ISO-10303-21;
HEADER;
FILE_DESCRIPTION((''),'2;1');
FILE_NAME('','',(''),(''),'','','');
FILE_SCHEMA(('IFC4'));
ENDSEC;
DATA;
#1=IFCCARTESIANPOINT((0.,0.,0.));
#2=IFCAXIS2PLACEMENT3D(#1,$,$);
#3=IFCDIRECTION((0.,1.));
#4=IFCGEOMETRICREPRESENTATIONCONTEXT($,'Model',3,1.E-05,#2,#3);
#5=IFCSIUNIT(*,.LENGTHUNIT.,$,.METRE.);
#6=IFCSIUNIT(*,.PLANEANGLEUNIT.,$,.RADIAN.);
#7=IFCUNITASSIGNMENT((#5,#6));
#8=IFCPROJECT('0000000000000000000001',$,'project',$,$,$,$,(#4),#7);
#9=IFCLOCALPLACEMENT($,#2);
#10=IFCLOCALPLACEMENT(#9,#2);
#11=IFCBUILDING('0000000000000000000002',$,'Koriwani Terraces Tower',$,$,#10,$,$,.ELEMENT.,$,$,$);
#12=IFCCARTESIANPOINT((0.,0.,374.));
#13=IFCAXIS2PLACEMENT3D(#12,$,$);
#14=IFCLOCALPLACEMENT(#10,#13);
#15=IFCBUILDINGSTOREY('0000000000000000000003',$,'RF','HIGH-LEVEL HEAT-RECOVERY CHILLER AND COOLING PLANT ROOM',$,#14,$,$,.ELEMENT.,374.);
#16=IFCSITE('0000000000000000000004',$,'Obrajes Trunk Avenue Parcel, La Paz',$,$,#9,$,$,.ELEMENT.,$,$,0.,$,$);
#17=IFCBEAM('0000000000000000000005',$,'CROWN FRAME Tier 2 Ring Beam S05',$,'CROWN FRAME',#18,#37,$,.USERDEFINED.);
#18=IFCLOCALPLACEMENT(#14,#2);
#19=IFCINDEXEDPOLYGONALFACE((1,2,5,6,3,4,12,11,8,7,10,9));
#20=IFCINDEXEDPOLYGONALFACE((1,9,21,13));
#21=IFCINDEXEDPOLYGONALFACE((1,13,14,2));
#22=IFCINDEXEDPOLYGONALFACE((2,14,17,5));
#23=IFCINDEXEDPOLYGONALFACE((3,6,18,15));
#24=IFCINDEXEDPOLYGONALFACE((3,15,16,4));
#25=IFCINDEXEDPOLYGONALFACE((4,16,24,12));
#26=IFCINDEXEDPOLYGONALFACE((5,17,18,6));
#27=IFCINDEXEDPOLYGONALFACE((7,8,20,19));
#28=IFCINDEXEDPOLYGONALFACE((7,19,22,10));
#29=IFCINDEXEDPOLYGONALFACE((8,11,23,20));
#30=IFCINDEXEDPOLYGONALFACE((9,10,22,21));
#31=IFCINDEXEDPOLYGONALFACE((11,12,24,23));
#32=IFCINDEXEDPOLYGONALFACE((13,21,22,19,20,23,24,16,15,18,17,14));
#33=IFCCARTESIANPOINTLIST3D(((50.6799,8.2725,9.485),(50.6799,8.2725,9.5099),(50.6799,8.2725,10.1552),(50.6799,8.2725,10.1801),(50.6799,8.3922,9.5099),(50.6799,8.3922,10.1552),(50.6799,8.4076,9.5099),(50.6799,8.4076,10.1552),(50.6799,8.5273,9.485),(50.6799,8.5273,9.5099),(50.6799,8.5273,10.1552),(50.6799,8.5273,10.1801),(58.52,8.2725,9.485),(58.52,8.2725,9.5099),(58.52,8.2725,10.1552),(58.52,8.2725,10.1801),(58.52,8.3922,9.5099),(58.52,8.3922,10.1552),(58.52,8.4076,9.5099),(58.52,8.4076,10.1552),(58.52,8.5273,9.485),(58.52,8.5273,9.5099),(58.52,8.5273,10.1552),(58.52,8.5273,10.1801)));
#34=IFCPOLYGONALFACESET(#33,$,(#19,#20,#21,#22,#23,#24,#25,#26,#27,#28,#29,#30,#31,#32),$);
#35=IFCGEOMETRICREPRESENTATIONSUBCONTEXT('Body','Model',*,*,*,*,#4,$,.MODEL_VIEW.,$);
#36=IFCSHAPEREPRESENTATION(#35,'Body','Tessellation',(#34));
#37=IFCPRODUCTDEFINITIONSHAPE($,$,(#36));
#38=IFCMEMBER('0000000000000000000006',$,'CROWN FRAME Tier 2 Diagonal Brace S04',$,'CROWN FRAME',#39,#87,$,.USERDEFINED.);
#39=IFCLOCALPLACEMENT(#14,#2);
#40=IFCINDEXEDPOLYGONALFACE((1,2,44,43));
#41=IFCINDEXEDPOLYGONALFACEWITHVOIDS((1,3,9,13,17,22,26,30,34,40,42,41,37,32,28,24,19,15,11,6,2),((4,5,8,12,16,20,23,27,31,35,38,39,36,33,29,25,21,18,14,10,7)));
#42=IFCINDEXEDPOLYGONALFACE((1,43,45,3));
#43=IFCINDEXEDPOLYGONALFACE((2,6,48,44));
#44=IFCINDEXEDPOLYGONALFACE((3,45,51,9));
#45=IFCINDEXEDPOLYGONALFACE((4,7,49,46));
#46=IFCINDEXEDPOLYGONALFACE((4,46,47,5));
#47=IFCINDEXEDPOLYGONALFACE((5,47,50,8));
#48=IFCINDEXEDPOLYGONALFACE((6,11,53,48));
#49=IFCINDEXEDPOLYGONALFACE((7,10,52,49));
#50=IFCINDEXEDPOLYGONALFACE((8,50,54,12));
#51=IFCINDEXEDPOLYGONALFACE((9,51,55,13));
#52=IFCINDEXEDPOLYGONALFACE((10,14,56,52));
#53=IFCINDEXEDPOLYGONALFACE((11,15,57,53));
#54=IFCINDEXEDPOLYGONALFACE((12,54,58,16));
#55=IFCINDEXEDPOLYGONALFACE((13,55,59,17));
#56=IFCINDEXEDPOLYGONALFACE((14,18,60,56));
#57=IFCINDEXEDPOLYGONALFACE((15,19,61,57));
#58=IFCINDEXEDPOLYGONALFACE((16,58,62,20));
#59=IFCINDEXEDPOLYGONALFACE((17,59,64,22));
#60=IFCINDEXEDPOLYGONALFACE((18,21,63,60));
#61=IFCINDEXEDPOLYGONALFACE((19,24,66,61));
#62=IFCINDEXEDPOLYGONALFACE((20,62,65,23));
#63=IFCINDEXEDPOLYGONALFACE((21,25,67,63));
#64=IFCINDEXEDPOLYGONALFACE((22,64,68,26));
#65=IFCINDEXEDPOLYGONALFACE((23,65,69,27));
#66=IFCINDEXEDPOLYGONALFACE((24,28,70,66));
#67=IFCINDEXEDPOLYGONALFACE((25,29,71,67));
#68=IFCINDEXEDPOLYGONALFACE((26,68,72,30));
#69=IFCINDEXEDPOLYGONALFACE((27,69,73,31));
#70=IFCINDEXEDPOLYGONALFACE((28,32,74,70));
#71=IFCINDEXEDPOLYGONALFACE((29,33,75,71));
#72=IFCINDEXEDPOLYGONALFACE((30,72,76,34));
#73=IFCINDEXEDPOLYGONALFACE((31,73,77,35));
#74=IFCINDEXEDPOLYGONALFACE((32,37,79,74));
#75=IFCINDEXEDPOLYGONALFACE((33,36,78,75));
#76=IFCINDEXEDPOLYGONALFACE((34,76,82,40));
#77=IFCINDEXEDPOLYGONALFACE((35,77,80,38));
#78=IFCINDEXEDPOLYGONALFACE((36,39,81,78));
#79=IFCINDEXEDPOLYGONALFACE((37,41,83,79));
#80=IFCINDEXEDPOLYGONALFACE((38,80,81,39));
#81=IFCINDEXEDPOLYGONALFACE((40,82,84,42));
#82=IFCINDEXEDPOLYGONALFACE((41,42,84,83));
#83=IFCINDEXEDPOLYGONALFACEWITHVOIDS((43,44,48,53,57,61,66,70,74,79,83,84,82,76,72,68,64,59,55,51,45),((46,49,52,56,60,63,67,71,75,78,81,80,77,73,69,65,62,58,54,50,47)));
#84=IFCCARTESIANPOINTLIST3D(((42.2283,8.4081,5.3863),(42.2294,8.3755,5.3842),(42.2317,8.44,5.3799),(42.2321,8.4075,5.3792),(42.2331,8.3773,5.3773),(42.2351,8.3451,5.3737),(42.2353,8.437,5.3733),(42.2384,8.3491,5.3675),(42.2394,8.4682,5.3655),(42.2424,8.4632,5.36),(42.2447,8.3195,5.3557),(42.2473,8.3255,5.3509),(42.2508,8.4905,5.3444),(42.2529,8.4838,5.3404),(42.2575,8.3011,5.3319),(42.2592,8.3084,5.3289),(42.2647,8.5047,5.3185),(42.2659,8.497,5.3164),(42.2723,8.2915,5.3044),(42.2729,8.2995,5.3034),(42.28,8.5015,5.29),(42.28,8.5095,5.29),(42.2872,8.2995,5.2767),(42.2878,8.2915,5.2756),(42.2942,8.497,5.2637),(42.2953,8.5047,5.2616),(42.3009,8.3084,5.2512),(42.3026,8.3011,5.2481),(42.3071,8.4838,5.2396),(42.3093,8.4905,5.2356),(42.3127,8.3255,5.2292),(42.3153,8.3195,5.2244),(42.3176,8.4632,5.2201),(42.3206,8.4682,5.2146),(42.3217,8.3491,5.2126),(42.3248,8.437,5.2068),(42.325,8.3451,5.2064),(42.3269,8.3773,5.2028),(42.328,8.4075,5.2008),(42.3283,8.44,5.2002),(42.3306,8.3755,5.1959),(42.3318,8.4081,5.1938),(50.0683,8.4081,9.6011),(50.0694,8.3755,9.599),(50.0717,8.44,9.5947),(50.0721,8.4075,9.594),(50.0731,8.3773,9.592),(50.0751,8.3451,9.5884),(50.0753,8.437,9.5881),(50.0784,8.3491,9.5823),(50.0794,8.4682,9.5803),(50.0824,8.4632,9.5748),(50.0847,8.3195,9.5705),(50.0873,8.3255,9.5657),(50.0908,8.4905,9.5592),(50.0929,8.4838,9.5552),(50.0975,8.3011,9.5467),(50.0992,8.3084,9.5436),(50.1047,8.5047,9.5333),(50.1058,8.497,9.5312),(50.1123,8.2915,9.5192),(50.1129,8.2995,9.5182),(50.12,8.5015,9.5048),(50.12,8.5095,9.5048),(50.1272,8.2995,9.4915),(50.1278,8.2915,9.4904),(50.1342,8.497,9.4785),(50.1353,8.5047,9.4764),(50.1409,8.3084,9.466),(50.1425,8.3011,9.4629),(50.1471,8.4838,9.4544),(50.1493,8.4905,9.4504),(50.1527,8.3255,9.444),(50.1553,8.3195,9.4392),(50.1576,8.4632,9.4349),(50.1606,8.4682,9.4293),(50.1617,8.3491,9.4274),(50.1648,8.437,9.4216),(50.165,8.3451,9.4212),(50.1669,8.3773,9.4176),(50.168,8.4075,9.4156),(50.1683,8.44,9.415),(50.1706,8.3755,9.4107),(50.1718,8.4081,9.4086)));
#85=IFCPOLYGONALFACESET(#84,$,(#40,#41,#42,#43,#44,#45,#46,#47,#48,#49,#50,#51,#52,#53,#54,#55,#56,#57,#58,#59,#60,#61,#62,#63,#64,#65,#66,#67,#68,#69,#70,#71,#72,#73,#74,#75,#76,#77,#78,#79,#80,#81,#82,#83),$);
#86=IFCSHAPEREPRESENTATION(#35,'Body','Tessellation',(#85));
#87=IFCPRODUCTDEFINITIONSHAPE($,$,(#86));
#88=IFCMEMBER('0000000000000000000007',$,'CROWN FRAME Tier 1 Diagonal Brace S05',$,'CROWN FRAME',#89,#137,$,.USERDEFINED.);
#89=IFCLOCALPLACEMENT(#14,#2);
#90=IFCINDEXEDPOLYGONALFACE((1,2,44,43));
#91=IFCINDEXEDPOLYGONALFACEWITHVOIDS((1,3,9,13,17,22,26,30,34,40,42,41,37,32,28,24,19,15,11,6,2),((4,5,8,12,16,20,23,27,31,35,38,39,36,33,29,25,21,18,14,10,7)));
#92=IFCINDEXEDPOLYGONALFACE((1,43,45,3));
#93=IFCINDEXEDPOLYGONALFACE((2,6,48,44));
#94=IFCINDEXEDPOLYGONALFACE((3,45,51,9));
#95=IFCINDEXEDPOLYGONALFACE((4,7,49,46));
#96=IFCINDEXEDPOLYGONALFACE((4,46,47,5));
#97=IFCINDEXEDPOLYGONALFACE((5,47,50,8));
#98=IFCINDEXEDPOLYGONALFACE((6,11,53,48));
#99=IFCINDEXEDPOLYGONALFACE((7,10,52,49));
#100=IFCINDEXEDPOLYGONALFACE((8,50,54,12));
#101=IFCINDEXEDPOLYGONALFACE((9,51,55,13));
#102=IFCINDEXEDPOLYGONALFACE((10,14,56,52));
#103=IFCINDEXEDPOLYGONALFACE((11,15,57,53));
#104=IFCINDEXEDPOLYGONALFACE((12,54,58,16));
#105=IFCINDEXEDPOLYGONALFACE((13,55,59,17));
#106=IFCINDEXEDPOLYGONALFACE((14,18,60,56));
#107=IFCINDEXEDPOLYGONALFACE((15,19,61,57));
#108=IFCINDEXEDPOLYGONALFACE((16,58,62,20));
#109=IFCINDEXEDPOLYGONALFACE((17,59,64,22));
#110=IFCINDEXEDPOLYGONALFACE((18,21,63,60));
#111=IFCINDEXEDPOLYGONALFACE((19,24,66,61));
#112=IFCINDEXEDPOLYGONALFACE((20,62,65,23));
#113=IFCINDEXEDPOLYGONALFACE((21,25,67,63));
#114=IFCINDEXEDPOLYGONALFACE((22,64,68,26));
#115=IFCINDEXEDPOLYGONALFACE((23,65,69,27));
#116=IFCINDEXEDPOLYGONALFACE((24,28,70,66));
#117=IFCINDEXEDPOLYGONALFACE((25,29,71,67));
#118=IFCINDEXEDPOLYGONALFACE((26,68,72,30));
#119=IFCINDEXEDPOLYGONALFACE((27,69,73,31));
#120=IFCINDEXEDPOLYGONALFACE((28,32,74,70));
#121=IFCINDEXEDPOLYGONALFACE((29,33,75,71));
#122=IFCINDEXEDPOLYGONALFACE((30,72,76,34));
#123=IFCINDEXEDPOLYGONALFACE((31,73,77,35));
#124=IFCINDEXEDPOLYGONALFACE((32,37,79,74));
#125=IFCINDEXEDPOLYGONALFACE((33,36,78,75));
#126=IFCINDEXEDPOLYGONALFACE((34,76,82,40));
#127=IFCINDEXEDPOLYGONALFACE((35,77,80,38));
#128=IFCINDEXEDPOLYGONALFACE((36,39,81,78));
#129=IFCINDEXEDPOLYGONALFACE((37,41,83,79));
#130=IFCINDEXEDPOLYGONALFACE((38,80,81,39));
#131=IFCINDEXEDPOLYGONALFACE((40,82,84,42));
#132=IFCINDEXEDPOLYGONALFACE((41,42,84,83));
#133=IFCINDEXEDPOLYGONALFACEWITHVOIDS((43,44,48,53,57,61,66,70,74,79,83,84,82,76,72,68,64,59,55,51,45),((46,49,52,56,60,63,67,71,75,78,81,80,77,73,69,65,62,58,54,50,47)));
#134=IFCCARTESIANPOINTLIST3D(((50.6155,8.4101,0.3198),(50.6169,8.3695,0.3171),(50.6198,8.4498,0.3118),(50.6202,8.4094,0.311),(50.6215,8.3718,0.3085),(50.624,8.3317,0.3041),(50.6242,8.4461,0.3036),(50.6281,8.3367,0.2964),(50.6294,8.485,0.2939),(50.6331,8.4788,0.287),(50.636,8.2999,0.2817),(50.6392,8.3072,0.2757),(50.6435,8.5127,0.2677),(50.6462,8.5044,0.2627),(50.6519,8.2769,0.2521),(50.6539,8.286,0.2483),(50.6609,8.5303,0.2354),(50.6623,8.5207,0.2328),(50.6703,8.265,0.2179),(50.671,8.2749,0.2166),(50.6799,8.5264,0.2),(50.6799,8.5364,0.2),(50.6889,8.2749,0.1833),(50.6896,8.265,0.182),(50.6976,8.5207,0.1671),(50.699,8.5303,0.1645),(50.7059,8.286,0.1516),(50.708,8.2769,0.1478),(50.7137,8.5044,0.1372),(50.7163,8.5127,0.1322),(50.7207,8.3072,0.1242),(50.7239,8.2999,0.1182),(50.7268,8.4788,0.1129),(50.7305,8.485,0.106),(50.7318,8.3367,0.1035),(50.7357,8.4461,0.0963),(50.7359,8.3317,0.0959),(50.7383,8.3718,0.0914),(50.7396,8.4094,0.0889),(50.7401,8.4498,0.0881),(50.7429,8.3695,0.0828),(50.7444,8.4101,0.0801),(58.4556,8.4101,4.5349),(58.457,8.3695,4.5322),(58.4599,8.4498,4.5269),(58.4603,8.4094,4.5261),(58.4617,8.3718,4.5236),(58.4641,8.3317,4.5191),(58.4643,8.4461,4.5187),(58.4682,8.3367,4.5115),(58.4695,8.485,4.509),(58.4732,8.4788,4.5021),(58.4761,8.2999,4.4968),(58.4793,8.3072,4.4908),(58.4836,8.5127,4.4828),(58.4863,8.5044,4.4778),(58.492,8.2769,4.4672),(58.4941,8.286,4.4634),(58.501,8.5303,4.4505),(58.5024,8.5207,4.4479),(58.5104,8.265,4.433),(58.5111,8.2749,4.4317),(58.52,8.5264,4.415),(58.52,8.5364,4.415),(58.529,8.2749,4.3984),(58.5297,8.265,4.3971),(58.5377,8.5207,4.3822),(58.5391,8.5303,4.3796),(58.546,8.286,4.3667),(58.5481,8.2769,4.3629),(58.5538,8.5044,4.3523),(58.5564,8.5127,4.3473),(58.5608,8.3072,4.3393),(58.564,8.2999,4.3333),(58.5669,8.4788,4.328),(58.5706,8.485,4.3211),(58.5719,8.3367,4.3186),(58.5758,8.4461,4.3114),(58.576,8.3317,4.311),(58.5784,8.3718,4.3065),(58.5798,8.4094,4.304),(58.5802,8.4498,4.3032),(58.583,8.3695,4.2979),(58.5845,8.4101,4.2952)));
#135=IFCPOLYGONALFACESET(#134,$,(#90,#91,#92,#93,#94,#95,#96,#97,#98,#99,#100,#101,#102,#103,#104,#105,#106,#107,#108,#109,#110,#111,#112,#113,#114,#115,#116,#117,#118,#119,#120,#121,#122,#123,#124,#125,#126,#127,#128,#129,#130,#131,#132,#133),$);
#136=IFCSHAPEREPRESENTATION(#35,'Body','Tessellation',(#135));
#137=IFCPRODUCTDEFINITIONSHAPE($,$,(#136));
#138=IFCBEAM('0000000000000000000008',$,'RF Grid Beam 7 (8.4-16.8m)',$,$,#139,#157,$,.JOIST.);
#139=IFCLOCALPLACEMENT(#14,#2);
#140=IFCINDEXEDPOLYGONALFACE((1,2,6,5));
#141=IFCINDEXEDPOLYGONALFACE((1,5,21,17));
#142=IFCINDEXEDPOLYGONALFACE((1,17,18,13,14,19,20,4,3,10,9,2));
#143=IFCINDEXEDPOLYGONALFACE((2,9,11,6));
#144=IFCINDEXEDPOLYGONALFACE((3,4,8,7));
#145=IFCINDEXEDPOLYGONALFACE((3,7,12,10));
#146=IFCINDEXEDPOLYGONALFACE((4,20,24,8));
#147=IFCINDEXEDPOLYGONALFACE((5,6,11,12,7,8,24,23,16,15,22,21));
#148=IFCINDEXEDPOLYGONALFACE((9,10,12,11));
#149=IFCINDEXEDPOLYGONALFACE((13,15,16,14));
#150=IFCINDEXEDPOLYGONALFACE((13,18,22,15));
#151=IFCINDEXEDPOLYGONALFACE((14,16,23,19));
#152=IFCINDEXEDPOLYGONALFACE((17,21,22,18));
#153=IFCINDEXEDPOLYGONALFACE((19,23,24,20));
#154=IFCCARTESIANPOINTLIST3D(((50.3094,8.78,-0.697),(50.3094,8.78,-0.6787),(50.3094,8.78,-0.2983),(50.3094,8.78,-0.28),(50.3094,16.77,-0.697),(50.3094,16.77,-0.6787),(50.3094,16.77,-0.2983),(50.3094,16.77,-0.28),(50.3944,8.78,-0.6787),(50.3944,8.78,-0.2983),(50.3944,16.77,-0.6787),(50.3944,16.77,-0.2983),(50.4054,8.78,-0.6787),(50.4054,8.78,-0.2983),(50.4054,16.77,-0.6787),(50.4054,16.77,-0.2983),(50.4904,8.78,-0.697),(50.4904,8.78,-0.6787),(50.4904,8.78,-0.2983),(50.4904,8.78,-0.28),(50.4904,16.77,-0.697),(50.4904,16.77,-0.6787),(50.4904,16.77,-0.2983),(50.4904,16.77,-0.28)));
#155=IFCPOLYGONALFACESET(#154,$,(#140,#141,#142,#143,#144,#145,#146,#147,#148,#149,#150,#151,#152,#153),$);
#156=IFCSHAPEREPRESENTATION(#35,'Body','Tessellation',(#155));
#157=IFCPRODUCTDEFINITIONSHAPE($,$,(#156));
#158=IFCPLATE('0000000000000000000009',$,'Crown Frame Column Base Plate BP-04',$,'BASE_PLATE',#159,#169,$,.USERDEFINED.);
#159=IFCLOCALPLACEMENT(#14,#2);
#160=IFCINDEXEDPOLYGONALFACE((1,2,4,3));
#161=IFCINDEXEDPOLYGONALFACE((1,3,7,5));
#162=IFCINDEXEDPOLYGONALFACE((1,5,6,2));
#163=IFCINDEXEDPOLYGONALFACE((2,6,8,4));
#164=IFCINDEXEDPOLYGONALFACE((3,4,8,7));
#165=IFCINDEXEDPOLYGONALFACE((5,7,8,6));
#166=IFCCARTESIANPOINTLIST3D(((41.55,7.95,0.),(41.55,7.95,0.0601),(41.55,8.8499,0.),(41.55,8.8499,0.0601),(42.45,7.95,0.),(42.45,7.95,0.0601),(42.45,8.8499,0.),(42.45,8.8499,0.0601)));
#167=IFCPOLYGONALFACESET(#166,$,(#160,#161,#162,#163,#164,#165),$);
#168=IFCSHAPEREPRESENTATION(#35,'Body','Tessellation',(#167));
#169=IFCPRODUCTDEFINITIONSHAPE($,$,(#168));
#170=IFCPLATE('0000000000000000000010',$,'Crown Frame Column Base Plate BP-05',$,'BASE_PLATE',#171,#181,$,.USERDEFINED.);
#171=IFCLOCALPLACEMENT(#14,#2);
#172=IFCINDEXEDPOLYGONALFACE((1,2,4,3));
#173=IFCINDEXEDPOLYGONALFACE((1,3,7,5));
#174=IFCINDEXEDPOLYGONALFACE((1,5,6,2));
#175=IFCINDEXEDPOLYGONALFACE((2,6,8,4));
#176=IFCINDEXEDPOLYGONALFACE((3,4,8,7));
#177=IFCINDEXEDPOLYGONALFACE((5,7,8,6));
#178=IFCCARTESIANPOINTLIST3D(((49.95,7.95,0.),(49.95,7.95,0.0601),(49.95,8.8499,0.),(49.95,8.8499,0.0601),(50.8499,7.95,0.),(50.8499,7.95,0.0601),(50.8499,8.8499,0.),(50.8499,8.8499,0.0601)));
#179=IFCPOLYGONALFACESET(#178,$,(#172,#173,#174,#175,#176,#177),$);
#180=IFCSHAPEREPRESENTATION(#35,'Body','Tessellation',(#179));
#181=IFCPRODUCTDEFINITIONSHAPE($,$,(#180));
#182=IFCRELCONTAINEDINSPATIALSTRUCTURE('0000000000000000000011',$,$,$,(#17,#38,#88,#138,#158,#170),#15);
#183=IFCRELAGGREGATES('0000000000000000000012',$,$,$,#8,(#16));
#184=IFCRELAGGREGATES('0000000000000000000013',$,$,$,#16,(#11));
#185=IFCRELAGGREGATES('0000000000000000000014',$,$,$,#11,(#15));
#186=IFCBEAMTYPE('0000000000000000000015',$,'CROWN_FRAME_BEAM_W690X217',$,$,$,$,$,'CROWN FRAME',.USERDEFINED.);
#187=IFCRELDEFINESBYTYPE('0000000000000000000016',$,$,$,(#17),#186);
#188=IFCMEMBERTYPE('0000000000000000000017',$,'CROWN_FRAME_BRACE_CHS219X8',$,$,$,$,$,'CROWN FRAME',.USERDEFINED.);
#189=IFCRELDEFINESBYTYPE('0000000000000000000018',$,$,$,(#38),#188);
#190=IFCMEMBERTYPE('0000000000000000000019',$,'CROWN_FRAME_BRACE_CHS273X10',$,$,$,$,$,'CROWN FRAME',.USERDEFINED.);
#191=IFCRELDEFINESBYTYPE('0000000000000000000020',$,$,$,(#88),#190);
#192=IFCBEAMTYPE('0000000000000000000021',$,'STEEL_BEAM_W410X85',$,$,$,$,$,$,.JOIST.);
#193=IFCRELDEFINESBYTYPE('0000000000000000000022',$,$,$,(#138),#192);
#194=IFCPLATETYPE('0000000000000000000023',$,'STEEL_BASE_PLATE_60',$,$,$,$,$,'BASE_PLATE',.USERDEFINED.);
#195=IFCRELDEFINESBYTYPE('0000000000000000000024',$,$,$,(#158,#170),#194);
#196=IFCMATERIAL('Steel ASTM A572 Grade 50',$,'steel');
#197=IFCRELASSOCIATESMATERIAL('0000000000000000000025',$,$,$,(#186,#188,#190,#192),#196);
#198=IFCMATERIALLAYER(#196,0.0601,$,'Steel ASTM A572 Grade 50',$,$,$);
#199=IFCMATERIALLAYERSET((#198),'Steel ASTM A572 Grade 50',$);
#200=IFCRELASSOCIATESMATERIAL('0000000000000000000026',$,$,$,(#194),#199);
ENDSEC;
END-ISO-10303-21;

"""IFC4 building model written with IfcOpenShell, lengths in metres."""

from ifc_helpers import new_model, si_unit, direction, frame, origin, origin_2d, place, context, subcontext, project, spatial, rectangle, hollow_circle, i_section, extrude, material, layer, layer_set, material_profile, profile_set, type_object, element, save


model = new_model("IFC4")

# Units and contexts
model_context = context("Model", 3, precision=1e-05, world=origin(), true_north=direction((0.0, 1.0)))
body_context = subcontext(model_context, "Body", "Model", "MODEL_VIEW")
ifc_project = project(units=[si_unit("LENGTHUNIT", "METRE"), si_unit("PLANEANGLEUNIT", "RADIAN")], contexts=[model_context])

# Site, building, storey
site_placement = place(None, origin())
site = spatial("IfcSite", under=ifc_project, at=site_placement, Name="Obrajes Trunk Avenue Parcel, La Paz", CompositionType="ELEMENT", RefElevation=0.0)
building_placement = place(site_placement, origin())
building = spatial("IfcBuilding", under=site, at=building_placement, Name="Koriwani Terraces Tower", CompositionType="ELEMENT")
storey_placement = place(building_placement, frame((0.0, 0.0, 374.0)))
storey = spatial("IfcBuildingStorey", under=building, at=storey_placement, Name="RF", Description="HIGH-LEVEL HEAT-RECOVERY CHILLER AND COOLING PLANT ROOM", CompositionType="ELEMENT", Elevation=374.0)

# Shared definitions
ifc_material_1 = material(Name="Steel ASTM A572 Grade 50", Category="steel")

# Beam
ifc_material_profile_1 = material_profile(ifc_material_1, i_section(OverallWidth=0.2549, OverallDepth=0.6951, WebThickness=0.0154, FlangeThickness=0.0249, at=origin_2d()), Name="Steel ASTM A572 Grade 50", Category="LoadBearing")
ifc_profile_set_1 = profile_set([ifc_material_profile_1], Name="Steel ASTM A572 Grade 50")
beam_type_1 = type_object("IfcBeamType", Name="CROWN_FRAME_BEAM_W690X217", ElementType="CROWN FRAME", PredefinedType="USERDEFINED", material=ifc_profile_set_1)
for number, where, z_axis, x_axis, name in (
    (1, (50.6799, 8.3999, 9.8325), (1.0, 0.0, 0.0), (0.0, 1.0, 0.0), "CROWN FRAME Tier 2 Ring Beam S05"),
):
    element("IfcBeam", number, at=place(storey_placement, frame(where, z_axis=z_axis, x_axis=x_axis)), inside=storey, type_object=beam_type_1, Name=name, ObjectType="CROWN FRAME", PredefinedType="USERDEFINED", context=body_context, shape_type="SweptSolid", body=[
        extrude(i_section(OverallWidth=0.2549, OverallDepth=0.6951, WebThickness=0.0154, FlangeThickness=0.0249, at=origin_2d()), origin(), (0.0, 0.0, 1.0), 7.8401),
    ])

# Members
ifc_material_profile_2 = material_profile(ifc_material_1, hollow_circle(Radius=0.1096, WallThickness=0.0081, at=origin_2d()), Name="Steel ASTM A572 Grade 50", Category="LoadBearing")
ifc_profile_set_2 = profile_set([ifc_material_profile_2], Name="Steel ASTM A572 Grade 50")
member_type_1 = type_object("IfcMemberType", Name="CROWN_FRAME_BRACE_CHS219X8", ElementType="CROWN FRAME", PredefinedType="USERDEFINED", material=ifc_profile_set_2)
member_1_placement = place(storey_placement, frame((42.28, 8.3999, 5.29), z_axis=(0.880787, 0.0, 0.473513), x_axis=(0.0, 1.0, 0.0)))
element("IfcMember", 2, at=member_1_placement, inside=storey, type_object=member_type_1, Name="CROWN FRAME Tier 2 Diagonal Brace S04", ObjectType="CROWN FRAME", PredefinedType="USERDEFINED", context=body_context, shape_type="SweptSolid", body=[
    extrude(hollow_circle(Radius=0.1096, WallThickness=0.0081, at=origin_2d()), origin(), (0.0, 0.0, 1.0), 8.9011),
])
ifc_material_profile_3 = material_profile(ifc_material_1, hollow_circle(Radius=0.1365, WallThickness=0.01, at=origin_2d()), Name="Steel ASTM A572 Grade 50", Category="LoadBearing")
ifc_profile_set_3 = profile_set([ifc_material_profile_3], Name="Steel ASTM A572 Grade 50")
member_type_2 = type_object("IfcMemberType", Name="CROWN_FRAME_BRACE_CHS273X10", ElementType="CROWN FRAME", PredefinedType="USERDEFINED", material=ifc_profile_set_3)
member_2_placement = place(storey_placement, frame((50.6799, 8.3999, 0.2), z_axis=(0.880776, 0.0, 0.473534), x_axis=(0.0, 1.0, 0.0)))
element("IfcMember", 3, at=member_2_placement, inside=storey, type_object=member_type_2, Name="CROWN FRAME Tier 1 Diagonal Brace S05", ObjectType="CROWN FRAME", PredefinedType="USERDEFINED", context=body_context, shape_type="SweptSolid", body=[
    extrude(hollow_circle(Radius=0.1365, WallThickness=0.01, at=origin_2d()), origin(), (0.0, 0.0, 1.0), 8.9014),
])

# Beam
ifc_material_profile_4 = material_profile(ifc_material_1, i_section(OverallWidth=0.1809, OverallDepth=0.417, WebThickness=0.011, FlangeThickness=0.0183, at=origin_2d()), Name="Steel ASTM A572 Grade 50", Category="LoadBearing")
ifc_profile_set_4 = profile_set([ifc_material_profile_4], Name="Steel ASTM A572 Grade 50")
beam_type_2 = type_object("IfcBeamType", Name="STEEL_BEAM_W410X85", PredefinedType="JOIST", material=ifc_profile_set_4)
beam_1_placement = place(storey_placement, frame((50.3999, 8.78, -0.4885), z_axis=(0.0, 1.0, 0.0), x_axis=(-1.0, 0.0, 0.0)))
element("IfcBeam", 4, at=beam_1_placement, inside=storey, type_object=beam_type_2, Name="RF Grid Beam 7 (8.4-16.8m)", PredefinedType="JOIST", context=body_context, shape_type="SweptSolid", body=[
    extrude(i_section(OverallWidth=0.1809, OverallDepth=0.417, WebThickness=0.011, FlangeThickness=0.0183, at=origin_2d()), origin(), (0.0, 0.0, 1.0), 7.99),
])

# Plates
ifc_layer_1 = layer(ifc_material_1, 0.0601, Name="Steel ASTM A572 Grade 50")
ifc_layer_set_1 = layer_set([ifc_layer_1], Name="Steel ASTM A572 Grade 50")
plate_type_1 = type_object("IfcPlateType", Name="STEEL_BASE_PLATE_60", ElementType="BASE_PLATE", PredefinedType="USERDEFINED", material=ifc_layer_set_1)
for number, where, z_axis, x_axis, name in (
    (5, (42.0, 8.3999, 0.0), (0.0, 0.0, 1.0), (1.0, 0.0, 0.0), "Crown Frame Column Base Plate BP-04"),
    (6, (50.3999, 8.3999, 0.0), (0.0, 0.0, 1.0), (1.0, 0.0, 0.0), "Crown Frame Column Base Plate BP-05"),
):
    element("IfcPlate", number, at=place(storey_placement, frame(where, z_axis=z_axis, x_axis=x_axis)), inside=storey, type_object=plate_type_1, Name=name, ObjectType="BASE_PLATE", PredefinedType="USERDEFINED", context=body_context, shape_type="SweptSolid", body=[
        extrude(rectangle(XDim=0.8999, YDim=0.8999, at=origin_2d()), origin(), (0.0, 0.0, 1.0), 0.0601),
    ])

save(model, "model.ifc")
